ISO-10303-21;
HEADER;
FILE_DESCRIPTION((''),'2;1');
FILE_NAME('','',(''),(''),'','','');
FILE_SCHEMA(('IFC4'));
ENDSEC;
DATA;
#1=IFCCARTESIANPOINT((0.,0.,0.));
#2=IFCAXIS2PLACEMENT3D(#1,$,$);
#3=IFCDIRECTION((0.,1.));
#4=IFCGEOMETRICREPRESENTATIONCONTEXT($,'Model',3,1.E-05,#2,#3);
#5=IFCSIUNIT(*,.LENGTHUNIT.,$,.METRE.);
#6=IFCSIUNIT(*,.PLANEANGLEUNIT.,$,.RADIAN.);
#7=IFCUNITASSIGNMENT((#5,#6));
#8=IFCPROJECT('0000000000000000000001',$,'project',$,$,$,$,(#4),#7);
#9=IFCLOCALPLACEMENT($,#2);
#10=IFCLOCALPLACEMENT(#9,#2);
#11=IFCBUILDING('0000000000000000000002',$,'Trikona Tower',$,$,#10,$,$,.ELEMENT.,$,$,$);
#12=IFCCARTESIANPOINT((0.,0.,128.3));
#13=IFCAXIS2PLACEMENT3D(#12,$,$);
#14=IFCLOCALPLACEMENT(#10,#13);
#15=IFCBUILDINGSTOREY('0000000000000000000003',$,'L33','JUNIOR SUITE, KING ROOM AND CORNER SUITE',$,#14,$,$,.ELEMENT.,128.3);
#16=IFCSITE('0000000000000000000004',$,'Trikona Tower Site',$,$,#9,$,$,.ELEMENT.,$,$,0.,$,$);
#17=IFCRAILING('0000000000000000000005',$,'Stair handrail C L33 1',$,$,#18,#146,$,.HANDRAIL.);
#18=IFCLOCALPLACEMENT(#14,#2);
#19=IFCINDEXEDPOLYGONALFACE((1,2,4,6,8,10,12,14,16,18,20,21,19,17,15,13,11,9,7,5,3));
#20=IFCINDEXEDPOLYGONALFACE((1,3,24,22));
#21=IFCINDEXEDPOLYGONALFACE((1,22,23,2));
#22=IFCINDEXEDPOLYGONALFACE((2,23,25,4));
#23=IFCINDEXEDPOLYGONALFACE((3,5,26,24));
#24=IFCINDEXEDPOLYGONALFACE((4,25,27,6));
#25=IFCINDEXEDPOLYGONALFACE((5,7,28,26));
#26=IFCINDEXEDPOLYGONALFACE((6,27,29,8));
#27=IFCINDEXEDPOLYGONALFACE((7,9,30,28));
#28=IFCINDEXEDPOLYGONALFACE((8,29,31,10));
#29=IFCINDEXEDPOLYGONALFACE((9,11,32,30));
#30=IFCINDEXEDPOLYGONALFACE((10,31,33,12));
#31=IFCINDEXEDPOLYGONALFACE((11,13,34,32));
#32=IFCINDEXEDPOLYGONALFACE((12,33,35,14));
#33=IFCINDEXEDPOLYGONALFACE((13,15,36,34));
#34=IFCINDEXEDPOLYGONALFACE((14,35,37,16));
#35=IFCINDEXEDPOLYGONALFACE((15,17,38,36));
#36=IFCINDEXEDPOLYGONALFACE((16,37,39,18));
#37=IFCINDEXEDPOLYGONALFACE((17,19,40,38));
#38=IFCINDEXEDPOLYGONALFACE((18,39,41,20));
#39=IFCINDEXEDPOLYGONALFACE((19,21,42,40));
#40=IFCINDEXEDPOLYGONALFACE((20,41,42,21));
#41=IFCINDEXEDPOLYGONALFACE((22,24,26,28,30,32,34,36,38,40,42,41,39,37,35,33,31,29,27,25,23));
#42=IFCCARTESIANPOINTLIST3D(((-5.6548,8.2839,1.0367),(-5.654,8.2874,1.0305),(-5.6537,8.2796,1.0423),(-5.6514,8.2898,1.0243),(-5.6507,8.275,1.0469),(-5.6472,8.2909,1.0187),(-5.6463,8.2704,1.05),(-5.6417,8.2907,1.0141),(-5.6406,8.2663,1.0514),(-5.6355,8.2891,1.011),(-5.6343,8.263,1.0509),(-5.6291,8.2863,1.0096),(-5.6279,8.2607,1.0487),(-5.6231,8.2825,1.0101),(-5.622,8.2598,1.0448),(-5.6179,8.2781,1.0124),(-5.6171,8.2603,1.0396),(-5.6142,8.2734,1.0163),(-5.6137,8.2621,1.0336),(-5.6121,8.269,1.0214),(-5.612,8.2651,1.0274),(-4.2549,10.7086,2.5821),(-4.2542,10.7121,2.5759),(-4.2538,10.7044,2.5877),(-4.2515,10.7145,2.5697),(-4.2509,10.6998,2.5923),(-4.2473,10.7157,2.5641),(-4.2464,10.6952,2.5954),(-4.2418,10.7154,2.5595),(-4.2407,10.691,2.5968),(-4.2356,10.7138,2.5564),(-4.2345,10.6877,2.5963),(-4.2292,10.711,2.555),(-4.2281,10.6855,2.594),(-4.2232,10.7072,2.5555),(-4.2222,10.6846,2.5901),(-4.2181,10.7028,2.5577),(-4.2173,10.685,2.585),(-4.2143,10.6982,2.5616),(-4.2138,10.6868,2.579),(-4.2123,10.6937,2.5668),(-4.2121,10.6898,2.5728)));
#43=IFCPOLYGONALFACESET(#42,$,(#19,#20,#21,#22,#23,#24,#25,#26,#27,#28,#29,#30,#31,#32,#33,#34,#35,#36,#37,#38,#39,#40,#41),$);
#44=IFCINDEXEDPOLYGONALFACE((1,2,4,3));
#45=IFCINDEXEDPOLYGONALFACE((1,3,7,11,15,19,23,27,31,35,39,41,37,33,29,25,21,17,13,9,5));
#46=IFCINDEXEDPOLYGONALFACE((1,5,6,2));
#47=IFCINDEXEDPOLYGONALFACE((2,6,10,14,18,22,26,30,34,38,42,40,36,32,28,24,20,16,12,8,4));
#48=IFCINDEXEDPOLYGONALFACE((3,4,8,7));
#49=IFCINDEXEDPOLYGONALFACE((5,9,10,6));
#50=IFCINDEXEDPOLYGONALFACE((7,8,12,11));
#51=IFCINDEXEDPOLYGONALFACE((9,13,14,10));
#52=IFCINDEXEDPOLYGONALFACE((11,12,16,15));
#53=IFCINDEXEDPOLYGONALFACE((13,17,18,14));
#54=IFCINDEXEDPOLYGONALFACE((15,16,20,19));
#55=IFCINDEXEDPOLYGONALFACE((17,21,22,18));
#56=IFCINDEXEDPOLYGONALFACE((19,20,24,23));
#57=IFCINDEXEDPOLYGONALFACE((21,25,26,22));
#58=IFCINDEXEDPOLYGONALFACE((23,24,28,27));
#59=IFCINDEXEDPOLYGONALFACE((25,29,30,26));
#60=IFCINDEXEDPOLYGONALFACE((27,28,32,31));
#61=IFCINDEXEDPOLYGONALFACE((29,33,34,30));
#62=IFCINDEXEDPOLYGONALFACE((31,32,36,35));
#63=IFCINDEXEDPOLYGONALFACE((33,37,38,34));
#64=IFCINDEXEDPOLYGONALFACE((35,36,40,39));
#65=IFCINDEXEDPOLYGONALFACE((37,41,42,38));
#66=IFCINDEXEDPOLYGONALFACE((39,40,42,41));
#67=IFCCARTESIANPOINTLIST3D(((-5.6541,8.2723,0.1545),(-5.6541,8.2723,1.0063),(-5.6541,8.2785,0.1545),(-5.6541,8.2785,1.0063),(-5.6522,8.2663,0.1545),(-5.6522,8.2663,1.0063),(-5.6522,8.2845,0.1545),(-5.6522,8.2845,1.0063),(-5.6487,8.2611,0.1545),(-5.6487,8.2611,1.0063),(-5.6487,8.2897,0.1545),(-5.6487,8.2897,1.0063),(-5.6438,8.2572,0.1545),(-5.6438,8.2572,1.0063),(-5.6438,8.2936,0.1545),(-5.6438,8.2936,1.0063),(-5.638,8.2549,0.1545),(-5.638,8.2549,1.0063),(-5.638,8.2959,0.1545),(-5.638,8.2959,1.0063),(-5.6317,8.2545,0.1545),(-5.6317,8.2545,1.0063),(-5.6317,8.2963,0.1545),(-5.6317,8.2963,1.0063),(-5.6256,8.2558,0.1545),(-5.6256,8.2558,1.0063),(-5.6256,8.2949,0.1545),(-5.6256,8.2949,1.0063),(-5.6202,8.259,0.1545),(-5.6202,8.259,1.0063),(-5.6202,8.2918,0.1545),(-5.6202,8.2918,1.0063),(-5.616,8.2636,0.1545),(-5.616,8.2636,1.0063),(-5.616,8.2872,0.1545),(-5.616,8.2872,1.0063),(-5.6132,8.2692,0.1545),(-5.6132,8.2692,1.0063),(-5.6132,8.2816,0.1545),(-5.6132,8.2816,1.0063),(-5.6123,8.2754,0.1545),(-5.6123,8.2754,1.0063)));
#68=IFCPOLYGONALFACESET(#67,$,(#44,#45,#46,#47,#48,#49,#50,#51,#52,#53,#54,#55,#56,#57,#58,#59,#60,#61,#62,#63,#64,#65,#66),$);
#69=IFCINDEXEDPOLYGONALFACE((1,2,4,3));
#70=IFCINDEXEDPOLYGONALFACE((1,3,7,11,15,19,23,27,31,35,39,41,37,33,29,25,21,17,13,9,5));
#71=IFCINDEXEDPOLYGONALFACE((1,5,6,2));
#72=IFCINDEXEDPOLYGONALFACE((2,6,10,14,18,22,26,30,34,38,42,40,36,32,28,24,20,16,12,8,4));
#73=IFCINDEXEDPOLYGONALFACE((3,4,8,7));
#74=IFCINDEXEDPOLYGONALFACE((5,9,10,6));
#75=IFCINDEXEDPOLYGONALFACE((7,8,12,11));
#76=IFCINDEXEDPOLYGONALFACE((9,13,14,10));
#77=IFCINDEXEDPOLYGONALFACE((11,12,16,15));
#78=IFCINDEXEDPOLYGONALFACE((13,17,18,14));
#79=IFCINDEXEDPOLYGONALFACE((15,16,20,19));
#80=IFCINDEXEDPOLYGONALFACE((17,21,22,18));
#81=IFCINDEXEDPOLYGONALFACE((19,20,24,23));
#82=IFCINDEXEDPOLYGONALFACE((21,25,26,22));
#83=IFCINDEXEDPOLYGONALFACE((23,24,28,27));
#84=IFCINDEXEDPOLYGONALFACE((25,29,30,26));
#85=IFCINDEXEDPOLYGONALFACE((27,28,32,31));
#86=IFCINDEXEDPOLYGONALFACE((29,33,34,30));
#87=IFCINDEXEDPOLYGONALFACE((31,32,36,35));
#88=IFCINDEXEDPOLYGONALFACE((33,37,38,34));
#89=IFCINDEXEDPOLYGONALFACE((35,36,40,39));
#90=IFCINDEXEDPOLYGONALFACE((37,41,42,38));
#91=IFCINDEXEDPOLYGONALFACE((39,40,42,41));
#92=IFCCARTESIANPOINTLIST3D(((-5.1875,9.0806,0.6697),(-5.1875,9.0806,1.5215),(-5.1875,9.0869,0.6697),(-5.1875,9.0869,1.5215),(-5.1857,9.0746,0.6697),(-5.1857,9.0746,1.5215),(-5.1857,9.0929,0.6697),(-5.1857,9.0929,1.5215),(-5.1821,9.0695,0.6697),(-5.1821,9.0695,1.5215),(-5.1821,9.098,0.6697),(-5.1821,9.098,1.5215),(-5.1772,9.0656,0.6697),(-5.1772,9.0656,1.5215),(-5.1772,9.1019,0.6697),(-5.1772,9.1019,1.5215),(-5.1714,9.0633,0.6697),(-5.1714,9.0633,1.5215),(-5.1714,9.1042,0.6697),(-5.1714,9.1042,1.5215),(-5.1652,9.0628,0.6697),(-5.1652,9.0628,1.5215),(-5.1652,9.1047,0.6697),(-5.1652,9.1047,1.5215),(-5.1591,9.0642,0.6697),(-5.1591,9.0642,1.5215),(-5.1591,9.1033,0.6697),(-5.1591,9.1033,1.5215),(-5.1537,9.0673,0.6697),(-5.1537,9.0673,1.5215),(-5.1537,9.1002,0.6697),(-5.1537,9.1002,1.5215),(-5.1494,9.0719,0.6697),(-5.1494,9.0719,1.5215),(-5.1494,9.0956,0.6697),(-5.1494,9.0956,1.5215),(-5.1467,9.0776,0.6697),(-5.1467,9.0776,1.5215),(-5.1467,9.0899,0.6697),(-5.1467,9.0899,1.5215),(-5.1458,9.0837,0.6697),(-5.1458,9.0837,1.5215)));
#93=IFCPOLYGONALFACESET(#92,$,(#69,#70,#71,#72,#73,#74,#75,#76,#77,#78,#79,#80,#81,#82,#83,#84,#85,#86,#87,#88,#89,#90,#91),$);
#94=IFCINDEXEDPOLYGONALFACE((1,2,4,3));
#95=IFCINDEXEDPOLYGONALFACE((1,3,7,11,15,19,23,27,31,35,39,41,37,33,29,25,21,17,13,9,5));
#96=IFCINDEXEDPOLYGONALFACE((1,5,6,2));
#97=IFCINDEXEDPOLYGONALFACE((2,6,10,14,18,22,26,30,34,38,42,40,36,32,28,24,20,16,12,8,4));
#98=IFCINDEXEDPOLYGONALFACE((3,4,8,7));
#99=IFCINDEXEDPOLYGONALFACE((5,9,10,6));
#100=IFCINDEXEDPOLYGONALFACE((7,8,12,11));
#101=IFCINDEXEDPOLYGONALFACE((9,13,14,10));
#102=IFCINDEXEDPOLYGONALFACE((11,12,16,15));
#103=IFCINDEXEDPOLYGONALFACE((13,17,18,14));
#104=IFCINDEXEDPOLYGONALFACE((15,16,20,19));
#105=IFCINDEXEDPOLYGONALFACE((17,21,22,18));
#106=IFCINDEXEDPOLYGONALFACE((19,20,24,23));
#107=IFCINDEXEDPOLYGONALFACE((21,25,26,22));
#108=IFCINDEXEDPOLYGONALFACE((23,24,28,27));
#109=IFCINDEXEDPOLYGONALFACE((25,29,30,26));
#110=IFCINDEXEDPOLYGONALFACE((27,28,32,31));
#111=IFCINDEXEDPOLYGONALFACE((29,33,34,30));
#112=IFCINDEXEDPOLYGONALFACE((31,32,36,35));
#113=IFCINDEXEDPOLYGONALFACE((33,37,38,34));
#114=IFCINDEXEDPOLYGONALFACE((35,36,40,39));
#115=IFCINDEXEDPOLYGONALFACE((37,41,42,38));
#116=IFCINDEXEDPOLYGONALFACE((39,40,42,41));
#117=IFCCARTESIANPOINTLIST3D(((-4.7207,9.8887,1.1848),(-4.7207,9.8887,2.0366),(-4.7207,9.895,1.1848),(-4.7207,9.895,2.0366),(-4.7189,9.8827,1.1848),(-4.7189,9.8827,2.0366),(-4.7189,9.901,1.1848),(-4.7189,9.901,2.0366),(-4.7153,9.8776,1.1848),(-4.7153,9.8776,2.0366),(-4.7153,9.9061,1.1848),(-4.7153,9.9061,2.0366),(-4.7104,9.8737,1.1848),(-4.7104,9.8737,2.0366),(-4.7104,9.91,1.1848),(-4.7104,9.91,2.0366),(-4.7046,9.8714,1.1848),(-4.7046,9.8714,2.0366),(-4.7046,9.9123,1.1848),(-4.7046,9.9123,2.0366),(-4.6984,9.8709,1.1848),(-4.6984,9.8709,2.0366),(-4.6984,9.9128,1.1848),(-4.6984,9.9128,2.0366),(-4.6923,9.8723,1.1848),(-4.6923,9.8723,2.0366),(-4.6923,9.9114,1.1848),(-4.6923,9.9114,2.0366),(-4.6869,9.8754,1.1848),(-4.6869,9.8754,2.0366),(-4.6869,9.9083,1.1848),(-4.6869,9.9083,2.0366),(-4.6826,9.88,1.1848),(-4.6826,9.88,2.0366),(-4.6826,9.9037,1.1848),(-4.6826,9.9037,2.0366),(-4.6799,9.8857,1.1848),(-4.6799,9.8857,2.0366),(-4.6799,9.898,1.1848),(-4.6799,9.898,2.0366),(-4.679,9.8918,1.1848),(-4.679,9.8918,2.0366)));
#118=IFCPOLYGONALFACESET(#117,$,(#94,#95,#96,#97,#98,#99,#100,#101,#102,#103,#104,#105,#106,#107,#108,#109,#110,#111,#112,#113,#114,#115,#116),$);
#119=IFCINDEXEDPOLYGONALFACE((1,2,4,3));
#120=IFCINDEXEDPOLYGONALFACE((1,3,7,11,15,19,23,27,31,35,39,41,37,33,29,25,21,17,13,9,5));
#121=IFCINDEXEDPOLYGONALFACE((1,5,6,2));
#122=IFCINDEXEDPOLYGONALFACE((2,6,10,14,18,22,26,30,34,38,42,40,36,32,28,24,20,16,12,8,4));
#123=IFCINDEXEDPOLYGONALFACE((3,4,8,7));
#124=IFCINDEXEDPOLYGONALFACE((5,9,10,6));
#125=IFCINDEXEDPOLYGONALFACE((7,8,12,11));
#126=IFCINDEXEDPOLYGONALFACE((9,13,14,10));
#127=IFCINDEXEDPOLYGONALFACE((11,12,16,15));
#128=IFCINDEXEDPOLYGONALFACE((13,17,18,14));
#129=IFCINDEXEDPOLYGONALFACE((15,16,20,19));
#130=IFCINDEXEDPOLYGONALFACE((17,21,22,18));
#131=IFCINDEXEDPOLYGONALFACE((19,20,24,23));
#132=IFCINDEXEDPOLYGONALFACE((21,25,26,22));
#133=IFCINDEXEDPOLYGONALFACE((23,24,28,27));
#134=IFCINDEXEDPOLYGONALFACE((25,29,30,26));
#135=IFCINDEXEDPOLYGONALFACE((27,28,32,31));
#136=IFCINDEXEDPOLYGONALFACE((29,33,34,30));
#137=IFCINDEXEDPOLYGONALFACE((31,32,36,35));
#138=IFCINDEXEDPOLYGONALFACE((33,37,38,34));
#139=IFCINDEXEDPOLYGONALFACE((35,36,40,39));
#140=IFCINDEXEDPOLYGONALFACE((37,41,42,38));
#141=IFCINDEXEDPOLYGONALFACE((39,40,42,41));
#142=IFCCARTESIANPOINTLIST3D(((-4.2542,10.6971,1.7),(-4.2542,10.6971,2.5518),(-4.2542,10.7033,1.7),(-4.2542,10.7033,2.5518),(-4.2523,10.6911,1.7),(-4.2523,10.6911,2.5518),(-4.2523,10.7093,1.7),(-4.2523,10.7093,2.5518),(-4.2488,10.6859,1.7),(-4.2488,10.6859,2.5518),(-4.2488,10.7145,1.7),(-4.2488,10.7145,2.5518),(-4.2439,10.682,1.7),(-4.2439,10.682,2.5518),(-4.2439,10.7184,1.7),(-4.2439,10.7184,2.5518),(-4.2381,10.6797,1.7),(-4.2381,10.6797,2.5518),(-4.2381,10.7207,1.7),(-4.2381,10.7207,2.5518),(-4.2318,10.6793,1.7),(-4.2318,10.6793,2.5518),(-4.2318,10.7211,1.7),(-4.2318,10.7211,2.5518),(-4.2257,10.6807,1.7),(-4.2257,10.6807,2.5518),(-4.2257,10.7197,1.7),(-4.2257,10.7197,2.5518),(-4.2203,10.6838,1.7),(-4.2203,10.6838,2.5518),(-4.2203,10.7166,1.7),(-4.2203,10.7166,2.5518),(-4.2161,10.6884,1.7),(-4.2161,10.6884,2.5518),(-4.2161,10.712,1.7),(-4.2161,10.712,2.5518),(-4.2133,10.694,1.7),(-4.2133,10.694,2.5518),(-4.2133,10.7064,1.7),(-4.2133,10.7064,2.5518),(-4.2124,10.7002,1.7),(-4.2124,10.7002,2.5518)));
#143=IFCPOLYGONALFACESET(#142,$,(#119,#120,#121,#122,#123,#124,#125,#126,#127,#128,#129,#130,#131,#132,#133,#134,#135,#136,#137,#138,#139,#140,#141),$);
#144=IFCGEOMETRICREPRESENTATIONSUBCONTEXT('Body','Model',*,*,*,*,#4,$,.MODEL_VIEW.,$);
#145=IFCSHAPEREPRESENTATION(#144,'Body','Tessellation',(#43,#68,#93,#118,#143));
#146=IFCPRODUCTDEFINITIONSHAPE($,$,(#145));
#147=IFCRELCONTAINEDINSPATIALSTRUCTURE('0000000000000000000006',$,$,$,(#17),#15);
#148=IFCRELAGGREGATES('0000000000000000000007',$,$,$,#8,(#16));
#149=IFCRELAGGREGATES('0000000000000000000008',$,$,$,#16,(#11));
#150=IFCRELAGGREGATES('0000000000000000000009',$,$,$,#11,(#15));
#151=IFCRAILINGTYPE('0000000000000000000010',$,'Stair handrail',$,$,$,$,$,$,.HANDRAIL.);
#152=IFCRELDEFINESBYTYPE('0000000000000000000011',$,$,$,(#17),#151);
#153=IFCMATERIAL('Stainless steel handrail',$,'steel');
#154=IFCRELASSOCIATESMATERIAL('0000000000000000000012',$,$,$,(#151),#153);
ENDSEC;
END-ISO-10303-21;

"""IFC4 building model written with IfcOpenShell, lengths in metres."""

from ifc_helpers import new_model, si_unit, direction, frame, origin, origin_2d, place, context, subcontext, project, spatial, circle, extrude, material, type_object, element, save


model = new_model("IFC4")

# Units and contexts
model_context = context("Model", 3, precision=1e-05, world=origin(), true_north=direction((0.0, 1.0)))
body_context = subcontext(model_context, "Body", "Model", "MODEL_VIEW")
ifc_project = project(units=[si_unit("LENGTHUNIT", "METRE"), si_unit("PLANEANGLEUNIT", "RADIAN")], contexts=[model_context])

# Site, building, storey
site_placement = place(None, origin())
site = spatial("IfcSite", under=ifc_project, at=site_placement, Name="Trikona Tower Site", CompositionType="ELEMENT", RefElevation=0.0)
building_placement = place(site_placement, origin())
building = spatial("IfcBuilding", under=site, at=building_placement, Name="Trikona Tower", CompositionType="ELEMENT")
storey_placement = place(building_placement, frame((0.0, 0.0, 128.3)))
storey = spatial("IfcBuildingStorey", under=building, at=storey_placement, Name="L33", Description="JUNIOR SUITE, KING ROOM AND CORNER SUITE", CompositionType="ELEMENT", Elevation=128.3)

# Railing
ifc_material_1 = material(Name="Stainless steel handrail", Category="steel")
railing_type = type_object("IfcRailingType", Name="Stair handrail", PredefinedType="HANDRAIL", material=ifc_material_1)
railing_1_placement = place(storey_placement, frame((-5.6333, 8.2754, 0.1545)))
element("IfcRailing", 1, at=railing_1_placement, inside=storey, type_object=railing_type, Name="Stair handrail C L33 1", PredefinedType="HANDRAIL", context=body_context, shape_type="SweptSolid", body=[
    extrude(circle(Radius=0.0239, at=origin_2d()), frame((0.0, 0.0, 0.876), z_axis=(0.437733, 0.758207, 0.483231), x_axis=(-0.866035, 0.499984, 0.0)), (0.0, 0.0, 1.0), 3.198),
    extrude(circle(Radius=0.021, at=origin_2d()), origin(), (0.0, 0.0, 1.0), 0.8518),
    extrude(circle(Radius=0.021, at=origin_2d()), frame((0.4666, 0.8083, 0.5151)), (0.0, 0.0, 1.0), 0.8518),
    extrude(circle(Radius=0.021, at=origin_2d()), frame((0.9333, 1.6165, 1.0303)), (0.0, 0.0, 1.0), 0.8518),
    extrude(circle(Radius=0.021, at=origin_2d()), frame((1.3999, 2.4248, 1.5454)), (0.0, 0.0, 1.0), 0.8518),
])

save(model, "model.ifc")
